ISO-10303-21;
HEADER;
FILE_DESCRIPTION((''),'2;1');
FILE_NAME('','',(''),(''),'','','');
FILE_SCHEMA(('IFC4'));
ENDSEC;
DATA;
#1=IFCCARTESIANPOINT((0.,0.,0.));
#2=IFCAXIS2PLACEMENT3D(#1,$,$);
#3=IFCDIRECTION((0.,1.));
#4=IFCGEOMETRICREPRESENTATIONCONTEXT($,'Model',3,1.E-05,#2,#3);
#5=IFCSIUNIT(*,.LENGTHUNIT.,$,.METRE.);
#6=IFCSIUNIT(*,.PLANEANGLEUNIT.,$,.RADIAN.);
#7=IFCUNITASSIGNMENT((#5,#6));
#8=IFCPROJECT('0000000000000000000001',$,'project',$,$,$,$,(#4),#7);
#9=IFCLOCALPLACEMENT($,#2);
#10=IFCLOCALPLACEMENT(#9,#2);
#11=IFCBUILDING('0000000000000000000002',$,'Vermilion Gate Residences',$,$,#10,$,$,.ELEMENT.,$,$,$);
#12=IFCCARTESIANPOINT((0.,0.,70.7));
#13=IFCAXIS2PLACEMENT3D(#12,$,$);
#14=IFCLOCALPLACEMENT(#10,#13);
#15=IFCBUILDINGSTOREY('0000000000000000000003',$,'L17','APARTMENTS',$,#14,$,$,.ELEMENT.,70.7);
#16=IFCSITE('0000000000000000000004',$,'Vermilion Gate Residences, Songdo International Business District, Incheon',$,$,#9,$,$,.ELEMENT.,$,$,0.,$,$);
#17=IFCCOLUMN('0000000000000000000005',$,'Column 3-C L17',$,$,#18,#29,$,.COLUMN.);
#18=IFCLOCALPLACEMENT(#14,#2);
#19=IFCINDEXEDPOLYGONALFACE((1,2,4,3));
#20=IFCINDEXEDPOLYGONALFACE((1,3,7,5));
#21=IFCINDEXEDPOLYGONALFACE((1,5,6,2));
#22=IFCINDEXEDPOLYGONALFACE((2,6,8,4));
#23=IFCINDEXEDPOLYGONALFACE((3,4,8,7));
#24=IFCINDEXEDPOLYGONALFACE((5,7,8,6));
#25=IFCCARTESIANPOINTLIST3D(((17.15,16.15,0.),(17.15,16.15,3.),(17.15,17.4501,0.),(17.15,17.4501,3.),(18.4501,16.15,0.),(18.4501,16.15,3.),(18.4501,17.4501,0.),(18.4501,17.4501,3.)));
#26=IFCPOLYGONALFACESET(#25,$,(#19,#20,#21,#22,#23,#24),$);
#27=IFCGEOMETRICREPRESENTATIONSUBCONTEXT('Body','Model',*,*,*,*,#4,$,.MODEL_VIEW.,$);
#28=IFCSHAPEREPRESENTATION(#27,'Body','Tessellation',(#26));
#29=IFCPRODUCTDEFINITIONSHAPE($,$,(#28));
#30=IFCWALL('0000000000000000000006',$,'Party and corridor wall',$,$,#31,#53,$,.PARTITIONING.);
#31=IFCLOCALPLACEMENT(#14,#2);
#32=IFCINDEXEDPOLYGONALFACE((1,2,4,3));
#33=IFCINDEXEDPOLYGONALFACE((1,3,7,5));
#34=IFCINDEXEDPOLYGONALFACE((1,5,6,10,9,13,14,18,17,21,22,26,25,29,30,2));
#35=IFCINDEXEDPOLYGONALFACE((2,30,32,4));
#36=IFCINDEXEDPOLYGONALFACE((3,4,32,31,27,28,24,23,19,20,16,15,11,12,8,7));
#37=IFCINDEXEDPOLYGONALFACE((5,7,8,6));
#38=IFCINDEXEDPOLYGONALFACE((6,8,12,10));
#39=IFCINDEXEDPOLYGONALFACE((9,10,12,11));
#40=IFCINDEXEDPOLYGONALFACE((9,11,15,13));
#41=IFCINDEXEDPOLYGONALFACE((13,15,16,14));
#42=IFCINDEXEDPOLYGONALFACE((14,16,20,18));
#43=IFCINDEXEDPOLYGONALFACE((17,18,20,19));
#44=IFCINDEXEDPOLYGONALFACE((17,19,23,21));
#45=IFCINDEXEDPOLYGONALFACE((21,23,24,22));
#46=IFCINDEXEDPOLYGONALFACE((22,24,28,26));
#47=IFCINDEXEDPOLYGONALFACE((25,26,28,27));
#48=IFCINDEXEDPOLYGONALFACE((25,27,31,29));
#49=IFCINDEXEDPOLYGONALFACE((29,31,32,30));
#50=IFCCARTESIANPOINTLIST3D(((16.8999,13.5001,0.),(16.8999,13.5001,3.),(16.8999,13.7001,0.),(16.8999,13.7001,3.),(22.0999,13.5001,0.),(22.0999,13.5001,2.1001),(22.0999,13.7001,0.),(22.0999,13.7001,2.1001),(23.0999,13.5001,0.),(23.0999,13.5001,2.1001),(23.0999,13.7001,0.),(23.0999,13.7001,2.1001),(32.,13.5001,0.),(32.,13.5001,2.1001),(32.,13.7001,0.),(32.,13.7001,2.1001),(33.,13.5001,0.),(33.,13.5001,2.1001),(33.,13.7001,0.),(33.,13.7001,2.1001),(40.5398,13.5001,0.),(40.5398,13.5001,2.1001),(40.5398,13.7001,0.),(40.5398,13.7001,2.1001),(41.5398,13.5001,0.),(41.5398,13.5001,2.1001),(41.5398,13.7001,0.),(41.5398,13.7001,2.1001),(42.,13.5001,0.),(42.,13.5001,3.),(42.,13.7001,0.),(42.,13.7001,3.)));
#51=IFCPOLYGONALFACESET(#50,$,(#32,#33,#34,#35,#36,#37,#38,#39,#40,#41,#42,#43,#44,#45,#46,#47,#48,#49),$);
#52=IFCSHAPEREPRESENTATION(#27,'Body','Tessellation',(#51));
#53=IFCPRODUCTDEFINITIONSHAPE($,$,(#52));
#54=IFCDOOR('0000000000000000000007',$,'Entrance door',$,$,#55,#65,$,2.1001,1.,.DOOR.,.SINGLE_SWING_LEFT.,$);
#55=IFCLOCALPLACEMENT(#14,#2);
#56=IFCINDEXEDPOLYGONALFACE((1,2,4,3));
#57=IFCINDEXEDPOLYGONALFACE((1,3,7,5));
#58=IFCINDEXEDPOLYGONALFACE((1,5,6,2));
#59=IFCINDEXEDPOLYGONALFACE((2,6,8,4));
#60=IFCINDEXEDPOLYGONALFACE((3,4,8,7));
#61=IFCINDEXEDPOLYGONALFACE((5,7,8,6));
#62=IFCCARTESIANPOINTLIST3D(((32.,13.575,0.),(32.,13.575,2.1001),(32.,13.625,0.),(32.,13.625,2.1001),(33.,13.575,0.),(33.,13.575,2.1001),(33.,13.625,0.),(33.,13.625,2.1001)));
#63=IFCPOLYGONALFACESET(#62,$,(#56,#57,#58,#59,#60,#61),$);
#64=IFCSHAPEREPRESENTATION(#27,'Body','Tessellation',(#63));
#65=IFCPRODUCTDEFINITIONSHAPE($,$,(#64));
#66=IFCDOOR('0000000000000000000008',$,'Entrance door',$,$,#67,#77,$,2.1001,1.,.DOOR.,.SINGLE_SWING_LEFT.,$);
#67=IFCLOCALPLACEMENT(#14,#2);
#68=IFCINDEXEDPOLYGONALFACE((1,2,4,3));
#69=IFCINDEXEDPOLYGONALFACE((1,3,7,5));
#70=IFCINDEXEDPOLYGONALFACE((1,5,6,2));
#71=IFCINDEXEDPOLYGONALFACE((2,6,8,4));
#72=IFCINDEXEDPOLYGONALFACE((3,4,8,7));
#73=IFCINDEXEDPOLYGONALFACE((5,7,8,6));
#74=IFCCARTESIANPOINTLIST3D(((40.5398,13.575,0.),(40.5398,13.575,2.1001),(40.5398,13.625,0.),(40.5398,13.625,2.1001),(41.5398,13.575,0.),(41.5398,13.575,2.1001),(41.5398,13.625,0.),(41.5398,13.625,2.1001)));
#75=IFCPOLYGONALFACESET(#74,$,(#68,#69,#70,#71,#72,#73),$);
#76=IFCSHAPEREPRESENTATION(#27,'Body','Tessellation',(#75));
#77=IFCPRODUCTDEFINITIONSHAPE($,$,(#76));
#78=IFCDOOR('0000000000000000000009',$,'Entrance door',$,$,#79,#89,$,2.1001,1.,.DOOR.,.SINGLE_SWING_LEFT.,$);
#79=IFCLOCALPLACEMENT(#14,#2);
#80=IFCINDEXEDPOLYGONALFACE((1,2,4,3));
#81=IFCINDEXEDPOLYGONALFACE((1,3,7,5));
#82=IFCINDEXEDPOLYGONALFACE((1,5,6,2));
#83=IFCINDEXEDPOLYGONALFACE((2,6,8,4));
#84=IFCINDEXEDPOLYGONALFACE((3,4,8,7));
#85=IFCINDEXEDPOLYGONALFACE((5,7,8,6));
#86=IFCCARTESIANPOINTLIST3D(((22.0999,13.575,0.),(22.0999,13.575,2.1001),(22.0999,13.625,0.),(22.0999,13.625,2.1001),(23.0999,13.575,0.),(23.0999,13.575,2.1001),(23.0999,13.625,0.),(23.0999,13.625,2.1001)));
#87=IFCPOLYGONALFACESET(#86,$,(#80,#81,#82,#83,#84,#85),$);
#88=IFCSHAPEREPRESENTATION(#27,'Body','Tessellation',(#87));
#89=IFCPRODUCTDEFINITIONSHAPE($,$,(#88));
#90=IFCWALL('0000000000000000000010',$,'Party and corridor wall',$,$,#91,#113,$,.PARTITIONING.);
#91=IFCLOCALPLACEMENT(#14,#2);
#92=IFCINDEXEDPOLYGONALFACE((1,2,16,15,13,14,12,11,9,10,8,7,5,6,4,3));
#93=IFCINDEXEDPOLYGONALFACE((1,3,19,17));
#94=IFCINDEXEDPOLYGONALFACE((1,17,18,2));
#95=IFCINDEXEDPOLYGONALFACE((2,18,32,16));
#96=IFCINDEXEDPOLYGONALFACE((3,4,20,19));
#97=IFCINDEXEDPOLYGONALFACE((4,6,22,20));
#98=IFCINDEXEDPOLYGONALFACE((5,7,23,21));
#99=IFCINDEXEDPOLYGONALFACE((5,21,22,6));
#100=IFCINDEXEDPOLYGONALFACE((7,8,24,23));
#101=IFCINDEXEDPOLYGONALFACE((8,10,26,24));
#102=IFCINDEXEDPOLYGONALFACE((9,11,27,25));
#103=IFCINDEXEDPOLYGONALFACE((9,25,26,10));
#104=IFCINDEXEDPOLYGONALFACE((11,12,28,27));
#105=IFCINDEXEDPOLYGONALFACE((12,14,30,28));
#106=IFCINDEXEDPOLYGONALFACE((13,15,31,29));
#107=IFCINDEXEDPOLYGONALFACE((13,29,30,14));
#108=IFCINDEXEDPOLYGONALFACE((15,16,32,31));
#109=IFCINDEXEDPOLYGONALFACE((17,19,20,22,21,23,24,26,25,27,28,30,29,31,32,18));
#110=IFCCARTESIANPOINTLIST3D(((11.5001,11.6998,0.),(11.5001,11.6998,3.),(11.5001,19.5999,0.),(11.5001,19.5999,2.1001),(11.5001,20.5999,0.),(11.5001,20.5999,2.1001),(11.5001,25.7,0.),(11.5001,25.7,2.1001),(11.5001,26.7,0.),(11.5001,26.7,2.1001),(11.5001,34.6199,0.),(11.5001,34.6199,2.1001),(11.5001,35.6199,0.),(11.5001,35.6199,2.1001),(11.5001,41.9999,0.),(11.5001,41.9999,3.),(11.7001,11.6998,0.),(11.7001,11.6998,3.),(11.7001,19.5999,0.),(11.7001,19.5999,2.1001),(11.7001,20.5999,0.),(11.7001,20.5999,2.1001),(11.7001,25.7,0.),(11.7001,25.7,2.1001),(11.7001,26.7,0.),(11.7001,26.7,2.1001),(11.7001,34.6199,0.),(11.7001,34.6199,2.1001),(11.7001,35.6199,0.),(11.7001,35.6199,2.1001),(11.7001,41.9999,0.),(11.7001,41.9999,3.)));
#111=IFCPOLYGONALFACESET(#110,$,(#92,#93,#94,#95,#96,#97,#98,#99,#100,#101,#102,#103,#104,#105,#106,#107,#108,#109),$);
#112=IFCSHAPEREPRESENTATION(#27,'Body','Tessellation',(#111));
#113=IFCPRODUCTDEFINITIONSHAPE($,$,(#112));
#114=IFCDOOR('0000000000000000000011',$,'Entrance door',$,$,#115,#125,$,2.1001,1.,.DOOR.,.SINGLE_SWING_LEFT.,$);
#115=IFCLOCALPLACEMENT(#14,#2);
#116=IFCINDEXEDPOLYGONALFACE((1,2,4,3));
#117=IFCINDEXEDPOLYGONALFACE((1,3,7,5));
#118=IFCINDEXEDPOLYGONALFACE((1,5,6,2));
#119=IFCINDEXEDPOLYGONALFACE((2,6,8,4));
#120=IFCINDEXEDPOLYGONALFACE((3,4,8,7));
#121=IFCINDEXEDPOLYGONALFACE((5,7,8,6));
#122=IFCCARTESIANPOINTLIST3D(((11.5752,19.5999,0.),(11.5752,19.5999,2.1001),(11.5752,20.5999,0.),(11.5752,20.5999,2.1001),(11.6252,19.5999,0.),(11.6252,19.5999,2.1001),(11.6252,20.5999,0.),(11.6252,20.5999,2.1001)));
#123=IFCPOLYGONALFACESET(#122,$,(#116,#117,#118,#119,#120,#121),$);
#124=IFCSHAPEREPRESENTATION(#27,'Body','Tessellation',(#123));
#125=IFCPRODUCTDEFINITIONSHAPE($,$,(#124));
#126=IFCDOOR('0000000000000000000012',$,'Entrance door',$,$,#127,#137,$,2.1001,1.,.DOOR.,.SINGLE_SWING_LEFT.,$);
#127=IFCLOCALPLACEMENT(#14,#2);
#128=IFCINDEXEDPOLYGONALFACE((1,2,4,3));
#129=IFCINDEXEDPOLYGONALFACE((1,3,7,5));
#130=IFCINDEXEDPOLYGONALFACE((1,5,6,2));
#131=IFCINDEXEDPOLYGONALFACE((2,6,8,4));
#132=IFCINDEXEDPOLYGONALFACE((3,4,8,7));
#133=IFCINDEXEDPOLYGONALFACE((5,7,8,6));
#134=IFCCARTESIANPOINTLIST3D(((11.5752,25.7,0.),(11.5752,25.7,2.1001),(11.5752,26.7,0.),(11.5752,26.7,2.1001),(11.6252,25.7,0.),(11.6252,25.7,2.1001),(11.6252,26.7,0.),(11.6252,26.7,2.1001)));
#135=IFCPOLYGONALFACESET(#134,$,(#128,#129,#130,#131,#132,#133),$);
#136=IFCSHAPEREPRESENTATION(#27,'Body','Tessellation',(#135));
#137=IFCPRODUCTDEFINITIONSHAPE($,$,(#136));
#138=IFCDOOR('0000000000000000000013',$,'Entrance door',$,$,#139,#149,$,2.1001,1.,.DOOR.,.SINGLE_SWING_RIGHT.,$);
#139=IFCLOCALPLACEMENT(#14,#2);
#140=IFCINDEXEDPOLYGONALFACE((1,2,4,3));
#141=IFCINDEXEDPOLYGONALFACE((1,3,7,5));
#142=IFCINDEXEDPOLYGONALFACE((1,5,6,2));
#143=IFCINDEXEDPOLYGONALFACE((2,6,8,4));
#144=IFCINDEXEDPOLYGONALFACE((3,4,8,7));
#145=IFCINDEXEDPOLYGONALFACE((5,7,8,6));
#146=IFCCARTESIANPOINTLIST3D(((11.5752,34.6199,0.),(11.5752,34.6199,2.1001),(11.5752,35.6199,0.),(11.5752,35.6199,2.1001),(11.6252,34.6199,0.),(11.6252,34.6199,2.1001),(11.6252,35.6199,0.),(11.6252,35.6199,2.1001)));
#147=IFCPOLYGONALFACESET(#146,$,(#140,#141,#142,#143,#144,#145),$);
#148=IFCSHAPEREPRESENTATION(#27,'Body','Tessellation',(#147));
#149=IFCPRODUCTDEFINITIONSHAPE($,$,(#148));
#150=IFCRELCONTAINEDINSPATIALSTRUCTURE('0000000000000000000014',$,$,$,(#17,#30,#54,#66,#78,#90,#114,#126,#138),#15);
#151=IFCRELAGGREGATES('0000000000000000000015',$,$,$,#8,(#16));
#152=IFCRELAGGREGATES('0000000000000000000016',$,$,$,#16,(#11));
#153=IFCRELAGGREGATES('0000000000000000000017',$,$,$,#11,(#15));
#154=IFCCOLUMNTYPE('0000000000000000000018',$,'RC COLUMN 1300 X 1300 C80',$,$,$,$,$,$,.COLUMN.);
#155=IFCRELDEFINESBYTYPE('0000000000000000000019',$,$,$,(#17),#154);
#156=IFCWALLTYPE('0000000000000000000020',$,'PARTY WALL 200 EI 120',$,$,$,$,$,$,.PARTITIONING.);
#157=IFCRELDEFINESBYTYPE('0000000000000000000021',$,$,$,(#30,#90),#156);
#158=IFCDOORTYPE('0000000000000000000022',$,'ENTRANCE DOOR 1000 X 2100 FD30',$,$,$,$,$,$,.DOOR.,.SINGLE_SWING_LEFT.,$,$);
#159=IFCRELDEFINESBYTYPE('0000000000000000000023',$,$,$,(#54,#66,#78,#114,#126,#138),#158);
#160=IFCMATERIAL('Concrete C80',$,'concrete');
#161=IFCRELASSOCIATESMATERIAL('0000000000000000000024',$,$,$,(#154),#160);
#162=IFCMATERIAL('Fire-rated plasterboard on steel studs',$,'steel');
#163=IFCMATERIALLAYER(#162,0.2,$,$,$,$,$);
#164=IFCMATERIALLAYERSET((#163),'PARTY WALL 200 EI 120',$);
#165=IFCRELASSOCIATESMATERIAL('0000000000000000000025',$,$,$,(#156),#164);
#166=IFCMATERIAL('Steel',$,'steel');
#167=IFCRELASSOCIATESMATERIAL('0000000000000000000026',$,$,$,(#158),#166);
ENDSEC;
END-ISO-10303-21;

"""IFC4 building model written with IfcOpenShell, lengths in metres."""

from ifc_helpers import new_model, si_unit, direction, frame, frame_2d, origin, origin_2d, place, context, subcontext, project, spatial, rectangle, extrude, material, layer, layer_set, material_profile, profile_set, type_object, element, fill, save


model = new_model("IFC4")

# Units and contexts
model_context = context("Model", 3, precision=1e-05, world=origin(), true_north=direction((0.0, 1.0)))
body_context = subcontext(model_context, "Body", "Model", "MODEL_VIEW")
ifc_project = project(units=[si_unit("LENGTHUNIT", "METRE"), si_unit("PLANEANGLEUNIT", "RADIAN")], contexts=[model_context])

# Site, building, storey
site_placement = place(None, origin())
site = spatial("IfcSite", under=ifc_project, at=site_placement, Name="Vermilion Gate Residences, Songdo International Business District, Incheon", CompositionType="ELEMENT", RefElevation=0.0)
building_placement = place(site_placement, origin())
building = spatial("IfcBuilding", under=site, at=building_placement, Name="Vermilion Gate Residences", CompositionType="ELEMENT")
storey_placement = place(building_placement, frame((0.0, 0.0, 70.7)))
storey = spatial("IfcBuildingStorey", under=building, at=storey_placement, Name="L17", Description="APARTMENTS", CompositionType="ELEMENT", Elevation=70.7)

# Column
ifc_material_1 = material(Name="Concrete C80", Category="concrete")
ifc_material_profile = material_profile(ifc_material_1, rectangle(XDim=1.3, YDim=1.3, at=origin_2d()), Name="RC-1300x1300")
ifc_profile_set = profile_set([ifc_material_profile], Name="Concrete C80")
column_type = type_object("IfcColumnType", Name="RC COLUMN 1300 X 1300 C80", PredefinedType="COLUMN", material=ifc_profile_set)
column_placement = place(storey_placement, frame((17.8, 16.8, 0.0), z_axis=(0.0, 0.0, 1.0), x_axis=(1.0, 0.0, 0.0)))
element("IfcColumn", 1, at=column_placement, inside=storey, type_object=column_type, Name="Column 3-C L17", PredefinedType="COLUMN", context=body_context, shape_type="SweptSolid", body=[
    extrude(rectangle(XDim=1.3, YDim=1.3, at=origin_2d()), origin(), (0.0, 0.0, 1.0), 3.0),
])

# Walls, openings, doors
ifc_material_2 = material(Name="Fire-rated plasterboard on steel studs", Category="steel")
ifc_layer_1 = layer(ifc_material_2, 0.2)
ifc_layer_set_1 = layer_set([ifc_layer_1], Name="PARTY WALL 200 EI 120")
wall_type_1 = type_object("IfcWallType", Name="PARTY WALL 200 EI 120", PredefinedType="PARTITIONING", material=ifc_layer_set_1)
wall_1_placement = place(storey_placement, frame((16.8999, 13.6001, 0.0), z_axis=(0.0, 0.0, 1.0), x_axis=(1.0, 0.0, 0.0)))
wall_1 = element("IfcWall", 2, at=wall_1_placement, inside=storey, type_object=wall_type_1, Name="Party and corridor wall", PredefinedType="PARTITIONING", context=body_context, shape_type="SweptSolid", body=[
    extrude(rectangle(XDim=25.1001, YDim=0.2, at=frame_2d((12.55, 0.0))), origin(), (0.0, 0.0, 1.0), 3.0),
])
opening_1_placement = place(wall_1_placement, frame((15.1001, 0.0, 0.0)))
opening_1 = element("IfcOpeningElement", 3, at=opening_1_placement, cuts=wall_1, PredefinedType="OPENING", context=body_context, shape_type="SweptSolid", body=[
    extrude(rectangle(XDim=1.0, YDim=2.1001, at=frame_2d((0.5, 1.05))), frame((0.0, 0.1099, 0.0), z_axis=(0.0, -1.0, 0.0), x_axis=(1.0, 0.0, 0.0)), (0.0, 0.0, 1.0), 0.22),
])
opening_2_placement = place(wall_1_placement, frame((23.6399, 0.0, 0.0)))
opening_2 = element("IfcOpeningElement", 4, at=opening_2_placement, cuts=wall_1, PredefinedType="OPENING", context=body_context, shape_type="SweptSolid", body=[
    extrude(rectangle(XDim=1.0, YDim=2.1001, at=frame_2d((0.5, 1.05))), frame((0.0, 0.1099, 0.0), z_axis=(0.0, -1.0, 0.0), x_axis=(1.0, 0.0, 0.0)), (0.0, 0.0, 1.0), 0.22),
])
opening_3_placement = place(wall_1_placement, frame((5.2, 0.0, 0.0)))
opening_3 = element("IfcOpeningElement", 5, at=opening_3_placement, cuts=wall_1, PredefinedType="OPENING", context=body_context, shape_type="SweptSolid", body=[
    extrude(rectangle(XDim=1.0, YDim=2.1001, at=frame_2d((0.5, 1.05))), frame((0.0, 0.1099, 0.0), z_axis=(0.0, -1.0, 0.0), x_axis=(1.0, 0.0, 0.0)), (0.0, 0.0, 1.0), 0.22),
])
ifc_material_3 = material(Name="Steel", Category="steel")
door_type_1 = type_object("IfcDoorType", Name="ENTRANCE DOOR 1000 X 2100 FD30", OperationType="SINGLE_SWING_LEFT", PredefinedType="DOOR", material=ifc_material_3)
door_1_placement = place(opening_1_placement, origin())
door_1 = element("IfcDoor", 6, at=door_1_placement, inside=storey, type_object=door_type_1, Name="Entrance door", OperationType="SINGLE_SWING_LEFT", OverallHeight=2.1001, OverallWidth=1.0, PredefinedType="DOOR", context=body_context, shape_type="SweptSolid", body=[
    extrude(rectangle(XDim=1.0, YDim=2.1001, at=frame_2d((0.5, 1.05))), frame((0.0, 0.0249, 0.0), z_axis=(0.0, -1.0, 0.0), x_axis=(1.0, 0.0, 0.0)), (0.0, 0.0, 1.0), 0.05),
])
fill(opening_1, door_1)
door_2_placement = place(opening_2_placement, origin())
door_2 = element("IfcDoor", 7, at=door_2_placement, inside=storey, type_object=door_type_1, Name="Entrance door", OperationType="SINGLE_SWING_LEFT", OverallHeight=2.1001, OverallWidth=1.0, PredefinedType="DOOR", context=body_context, shape_type="SweptSolid", body=[
    extrude(rectangle(XDim=1.0, YDim=2.1001, at=frame_2d((0.5, 1.05))), frame((0.0, 0.0249, 0.0), z_axis=(0.0, -1.0, 0.0), x_axis=(1.0, 0.0, 0.0)), (0.0, 0.0, 1.0), 0.05),
])
fill(opening_2, door_2)
door_3_placement = place(opening_3_placement, origin())
door_3 = element("IfcDoor", 8, at=door_3_placement, inside=storey, type_object=door_type_1, Name="Entrance door", OperationType="SINGLE_SWING_LEFT", OverallHeight=2.1001, OverallWidth=1.0, PredefinedType="DOOR", context=body_context, shape_type="SweptSolid", body=[
    extrude(rectangle(XDim=1.0, YDim=2.1001, at=frame_2d((0.5, 1.05))), frame((0.0, 0.0249, 0.0), z_axis=(0.0, -1.0, 0.0), x_axis=(1.0, 0.0, 0.0)), (0.0, 0.0, 1.0), 0.05),
])
fill(opening_3, door_3)
wall_2_placement = place(storey_placement, frame((11.6001, 11.7, 0.0), z_axis=(0.0, 0.0, 1.0), x_axis=(0.0, 1.0, 0.0)))
wall_2 = element("IfcWall", 9, at=wall_2_placement, inside=storey, type_object=wall_type_1, Name="Party and corridor wall", PredefinedType="PARTITIONING", context=body_context, shape_type="SweptSolid", body=[
    extrude(rectangle(XDim=30.3, YDim=0.2, at=frame_2d((15.1499, 0.0))), origin(), (0.0, 0.0, 1.0), 3.0),
])
opening_4_placement = place(wall_2_placement, frame((7.8999, 0.0, 0.0)))
opening_4 = element("IfcOpeningElement", 10, at=opening_4_placement, cuts=wall_2, PredefinedType="OPENING", context=body_context, shape_type="SweptSolid", body=[
    extrude(rectangle(XDim=1.0, YDim=2.1001, at=frame_2d((0.5, 1.05))), frame((0.0, 0.1099, 0.0), z_axis=(0.0, -1.0, 0.0), x_axis=(1.0, 0.0, 0.0)), (0.0, 0.0, 1.0), 0.22),
])
opening_5_placement = place(wall_2_placement, frame((14.0, 0.0, 0.0)))
opening_5 = element("IfcOpeningElement", 11, at=opening_5_placement, cuts=wall_2, PredefinedType="OPENING", context=body_context, shape_type="SweptSolid", body=[
    extrude(rectangle(XDim=1.0, YDim=2.1001, at=frame_2d((0.5, 1.05))), frame((0.0, 0.1099, 0.0), z_axis=(0.0, -1.0, 0.0), x_axis=(1.0, 0.0, 0.0)), (0.0, 0.0, 1.0), 0.22),
])
opening_6_placement = place(wall_2_placement, frame((22.9199, 0.0, 0.0)))
opening_6 = element("IfcOpeningElement", 12, at=opening_6_placement, cuts=wall_2, PredefinedType="OPENING", context=body_context, shape_type="SweptSolid", body=[
    extrude(rectangle(XDim=1.0, YDim=2.1001, at=frame_2d((0.5, 1.05))), frame((0.0, 0.1099, 0.0), z_axis=(0.0, -1.0, 0.0), x_axis=(1.0, 0.0, 0.0)), (0.0, 0.0, 1.0), 0.22),
])
door_4_placement = place(opening_4_placement, origin())
door_4 = element("IfcDoor", 13, at=door_4_placement, inside=storey, type_object=door_type_1, Name="Entrance door", OperationType="SINGLE_SWING_LEFT", OverallHeight=2.1001, OverallWidth=1.0, PredefinedType="DOOR", context=body_context, shape_type="SweptSolid", body=[
    extrude(rectangle(XDim=1.0, YDim=2.1001, at=frame_2d((0.5, 1.05))), frame((0.0, 0.0249, 0.0), z_axis=(0.0, -1.0, 0.0), x_axis=(1.0, 0.0, 0.0)), (0.0, 0.0, 1.0), 0.05),
])
fill(opening_4, door_4)
door_5_placement = place(opening_5_placement, origin())
door_5 = element("IfcDoor", 14, at=door_5_placement, inside=storey, type_object=door_type_1, Name="Entrance door", OperationType="SINGLE_SWING_LEFT", OverallHeight=2.1001, OverallWidth=1.0, PredefinedType="DOOR", context=body_context, shape_type="SweptSolid", body=[
    extrude(rectangle(XDim=1.0, YDim=2.1001, at=frame_2d((0.5, 1.05))), frame((0.0, 0.0249, 0.0), z_axis=(0.0, -1.0, 0.0), x_axis=(1.0, 0.0, 0.0)), (0.0, 0.0, 1.0), 0.05),
])
fill(opening_5, door_5)
door_6_placement = place(opening_6_placement, origin())
door_6 = element("IfcDoor", 15, at=door_6_placement, inside=storey, type_object=door_type_1, Name="Entrance door", OperationType="SINGLE_SWING_RIGHT", OverallHeight=2.1001, OverallWidth=1.0, PredefinedType="DOOR", context=body_context, shape_type="SweptSolid", body=[
    extrude(rectangle(XDim=1.0, YDim=2.1001, at=frame_2d((0.5, 1.05))), frame((0.0, 0.0249, 0.0), z_axis=(0.0, -1.0, 0.0), x_axis=(1.0, 0.0, 0.0)), (0.0, 0.0, 1.0), 0.05),
])
fill(opening_6, door_6)

save(model, "model.ifc")
